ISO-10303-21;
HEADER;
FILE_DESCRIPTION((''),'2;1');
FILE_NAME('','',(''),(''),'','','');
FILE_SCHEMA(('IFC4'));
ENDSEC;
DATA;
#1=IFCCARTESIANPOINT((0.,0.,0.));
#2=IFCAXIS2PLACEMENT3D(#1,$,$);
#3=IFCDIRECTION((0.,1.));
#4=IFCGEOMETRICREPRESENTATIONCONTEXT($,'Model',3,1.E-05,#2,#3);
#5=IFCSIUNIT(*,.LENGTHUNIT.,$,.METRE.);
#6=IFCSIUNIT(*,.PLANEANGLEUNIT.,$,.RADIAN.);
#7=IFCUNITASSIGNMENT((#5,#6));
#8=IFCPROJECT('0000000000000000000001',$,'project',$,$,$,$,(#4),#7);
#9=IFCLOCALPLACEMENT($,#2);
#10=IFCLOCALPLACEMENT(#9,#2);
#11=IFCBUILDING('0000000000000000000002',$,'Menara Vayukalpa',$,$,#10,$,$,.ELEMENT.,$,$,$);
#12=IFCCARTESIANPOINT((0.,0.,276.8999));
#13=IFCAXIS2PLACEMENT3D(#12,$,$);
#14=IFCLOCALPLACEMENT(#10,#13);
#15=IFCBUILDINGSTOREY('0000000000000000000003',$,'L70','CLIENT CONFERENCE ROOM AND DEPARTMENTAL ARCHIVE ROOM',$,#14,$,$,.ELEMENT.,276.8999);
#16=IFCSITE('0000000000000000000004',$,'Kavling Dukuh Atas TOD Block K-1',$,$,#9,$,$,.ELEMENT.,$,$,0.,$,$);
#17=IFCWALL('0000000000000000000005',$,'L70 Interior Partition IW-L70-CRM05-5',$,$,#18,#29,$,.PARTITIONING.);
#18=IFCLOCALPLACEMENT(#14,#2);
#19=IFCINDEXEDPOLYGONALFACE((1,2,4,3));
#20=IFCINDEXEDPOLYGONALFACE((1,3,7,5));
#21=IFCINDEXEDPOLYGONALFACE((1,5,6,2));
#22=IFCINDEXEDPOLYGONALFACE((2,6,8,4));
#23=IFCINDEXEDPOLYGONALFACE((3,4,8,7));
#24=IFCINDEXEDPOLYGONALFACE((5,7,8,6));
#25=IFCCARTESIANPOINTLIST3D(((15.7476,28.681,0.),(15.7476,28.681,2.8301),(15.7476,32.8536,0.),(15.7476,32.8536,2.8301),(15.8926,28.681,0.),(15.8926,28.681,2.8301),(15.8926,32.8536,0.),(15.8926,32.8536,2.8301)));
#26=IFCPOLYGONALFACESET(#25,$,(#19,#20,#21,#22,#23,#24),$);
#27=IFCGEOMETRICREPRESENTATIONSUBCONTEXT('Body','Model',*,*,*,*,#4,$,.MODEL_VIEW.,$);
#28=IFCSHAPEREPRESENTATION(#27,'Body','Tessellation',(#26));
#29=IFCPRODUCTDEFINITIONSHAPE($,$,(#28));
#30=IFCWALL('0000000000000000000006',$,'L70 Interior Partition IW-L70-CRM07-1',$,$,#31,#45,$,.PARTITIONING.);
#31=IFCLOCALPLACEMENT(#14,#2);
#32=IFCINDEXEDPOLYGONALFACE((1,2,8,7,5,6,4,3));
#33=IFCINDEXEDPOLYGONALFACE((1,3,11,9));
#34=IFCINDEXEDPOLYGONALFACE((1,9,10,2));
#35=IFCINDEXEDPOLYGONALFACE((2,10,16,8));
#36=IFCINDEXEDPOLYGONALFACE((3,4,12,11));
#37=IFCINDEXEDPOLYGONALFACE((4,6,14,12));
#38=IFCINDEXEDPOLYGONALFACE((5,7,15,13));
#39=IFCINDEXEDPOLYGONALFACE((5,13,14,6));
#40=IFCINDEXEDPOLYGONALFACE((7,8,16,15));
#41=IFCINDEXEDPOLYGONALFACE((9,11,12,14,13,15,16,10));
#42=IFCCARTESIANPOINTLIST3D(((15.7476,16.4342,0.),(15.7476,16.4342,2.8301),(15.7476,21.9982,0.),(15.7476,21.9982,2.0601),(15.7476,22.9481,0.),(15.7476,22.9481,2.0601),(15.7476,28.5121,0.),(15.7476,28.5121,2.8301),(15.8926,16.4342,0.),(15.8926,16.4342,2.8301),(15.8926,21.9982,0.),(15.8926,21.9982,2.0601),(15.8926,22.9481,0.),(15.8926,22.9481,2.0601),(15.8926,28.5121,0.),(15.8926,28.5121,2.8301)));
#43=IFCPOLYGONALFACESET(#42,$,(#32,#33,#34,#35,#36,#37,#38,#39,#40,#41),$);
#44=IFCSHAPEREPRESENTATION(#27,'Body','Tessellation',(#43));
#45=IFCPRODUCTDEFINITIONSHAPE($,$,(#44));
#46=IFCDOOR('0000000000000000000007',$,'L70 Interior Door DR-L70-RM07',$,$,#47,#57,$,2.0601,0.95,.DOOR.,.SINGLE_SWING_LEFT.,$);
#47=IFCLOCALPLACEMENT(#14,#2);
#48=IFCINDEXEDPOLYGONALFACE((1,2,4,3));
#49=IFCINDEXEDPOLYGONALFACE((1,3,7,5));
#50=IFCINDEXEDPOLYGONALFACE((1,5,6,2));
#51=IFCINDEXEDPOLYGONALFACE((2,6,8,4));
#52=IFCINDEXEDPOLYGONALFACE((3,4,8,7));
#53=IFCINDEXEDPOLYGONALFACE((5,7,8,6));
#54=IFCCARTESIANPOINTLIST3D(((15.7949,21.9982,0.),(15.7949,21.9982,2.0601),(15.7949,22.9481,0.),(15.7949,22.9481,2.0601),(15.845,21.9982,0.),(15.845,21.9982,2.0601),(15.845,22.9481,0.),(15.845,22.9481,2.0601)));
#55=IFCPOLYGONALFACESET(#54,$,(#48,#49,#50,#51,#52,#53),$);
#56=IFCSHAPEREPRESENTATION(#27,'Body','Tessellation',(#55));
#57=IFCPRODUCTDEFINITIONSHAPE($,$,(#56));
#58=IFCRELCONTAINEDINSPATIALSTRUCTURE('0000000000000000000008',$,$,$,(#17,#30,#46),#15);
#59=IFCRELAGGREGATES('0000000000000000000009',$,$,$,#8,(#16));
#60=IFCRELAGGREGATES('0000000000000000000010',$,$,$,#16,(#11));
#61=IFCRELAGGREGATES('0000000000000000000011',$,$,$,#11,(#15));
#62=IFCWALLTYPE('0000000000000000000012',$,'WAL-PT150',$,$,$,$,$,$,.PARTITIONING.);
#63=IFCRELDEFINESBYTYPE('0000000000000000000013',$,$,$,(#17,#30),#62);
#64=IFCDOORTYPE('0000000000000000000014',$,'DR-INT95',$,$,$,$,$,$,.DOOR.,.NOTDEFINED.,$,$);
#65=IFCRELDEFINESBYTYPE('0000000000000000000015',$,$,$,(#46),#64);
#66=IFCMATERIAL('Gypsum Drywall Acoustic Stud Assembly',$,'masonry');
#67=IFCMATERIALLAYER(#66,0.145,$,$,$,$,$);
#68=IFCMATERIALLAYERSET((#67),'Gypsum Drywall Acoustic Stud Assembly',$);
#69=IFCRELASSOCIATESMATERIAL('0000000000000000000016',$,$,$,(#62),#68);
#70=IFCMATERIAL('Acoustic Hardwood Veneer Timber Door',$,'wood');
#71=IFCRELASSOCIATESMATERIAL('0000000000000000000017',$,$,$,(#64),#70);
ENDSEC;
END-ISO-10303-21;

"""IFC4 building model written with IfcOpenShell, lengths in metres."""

from ifc_helpers import new_model, si_unit, direction, frame, frame_2d, origin, place, context, subcontext, project, spatial, rectangle, extrude, material, layer, layer_set, type_object, element, fill, save


model = new_model("IFC4")

# Units and contexts
model_context = context("Model", 3, precision=1e-05, world=origin(), true_north=direction((0.0, 1.0)))
body_context = subcontext(model_context, "Body", "Model", "MODEL_VIEW")
ifc_project = project(units=[si_unit("LENGTHUNIT", "METRE"), si_unit("PLANEANGLEUNIT", "RADIAN")], contexts=[model_context])

# Site, building, storey
site_placement = place(None, origin())
site = spatial("IfcSite", under=ifc_project, at=site_placement, Name="Kavling Dukuh Atas TOD Block K-1", CompositionType="ELEMENT", RefElevation=0.0)
building_placement = place(site_placement, origin())
building = spatial("IfcBuilding", under=site, at=building_placement, Name="Menara Vayukalpa", CompositionType="ELEMENT")
storey_placement = place(building_placement, frame((0.0, 0.0, 276.8999)))
storey = spatial("IfcBuildingStorey", under=building, at=storey_placement, Name="L70", Description="CLIENT CONFERENCE ROOM AND DEPARTMENTAL ARCHIVE ROOM", CompositionType="ELEMENT", Elevation=276.8999)

# Shared definitions
ifc_material_1 = material(Name="Gypsum Drywall Acoustic Stud Assembly", Category="masonry")
ifc_layer_1 = layer(ifc_material_1, 0.145)
ifc_layer_set_1 = layer_set([ifc_layer_1], Name="Gypsum Drywall Acoustic Stud Assembly")
wall_type_1 = type_object("IfcWallType", Name="WAL-PT150", PredefinedType="PARTITIONING", material=ifc_layer_set_1)
ifc_material_2 = material(Name="Acoustic Hardwood Veneer Timber Door", Category="wood")
door_type_1 = type_object("IfcDoorType", Name="DR-INT95", OperationType="NOTDEFINED", PredefinedType="DOOR", material=ifc_material_2)

# Wall
wall_1_placement = place(storey_placement, frame((15.8201, 32.8538, 0.0), z_axis=(0.0, 0.0, 1.0), x_axis=(0.0, -1.0, 0.0)))
element("IfcWall", 1, at=wall_1_placement, inside=storey, type_object=wall_type_1, Name="L70 Interior Partition IW-L70-CRM05-5", PredefinedType="PARTITIONING", context=body_context, shape_type="SweptSolid", body=[
    extrude(rectangle(XDim=4.1726, YDim=0.145, at=frame_2d((2.0864, 0.0))), origin(), (0.0, 0.0, 1.0), 2.8301),
])

# Wall, opening, door
wall_2_placement = place(storey_placement, frame((15.8201, 28.5122, 0.0), z_axis=(0.0, 0.0, 1.0), x_axis=(0.0, -1.0, 0.0)))
wall_2 = element("IfcWall", 2, at=wall_2_placement, inside=storey, type_object=wall_type_1, Name="L70 Interior Partition IW-L70-CRM07-1", PredefinedType="PARTITIONING", context=body_context, shape_type="SweptSolid", body=[
    extrude(rectangle(XDim=12.0779, YDim=0.145, at=frame_2d((6.0391, 0.0))), origin(), (0.0, 0.0, 1.0), 2.8301),
])
opening_1_placement = place(wall_2_placement, frame((5.564, 0.0, 0.0)))
opening_1 = element("IfcOpeningElement", 3, at=opening_1_placement, cuts=wall_2, PredefinedType="OPENING", context=body_context, shape_type="SweptSolid", body=[
    extrude(rectangle(XDim=0.95, YDim=2.0601, at=frame_2d((0.4751, 1.03))), frame((0.0, 0.0825, 0.0), z_axis=(0.0, -1.0, 0.0), x_axis=(1.0, 0.0, 0.0)), (0.0, 0.0, 1.0), 0.165),
])
door_1_placement = place(opening_1_placement, origin())
door_1 = element("IfcDoor", 4, at=door_1_placement, inside=storey, type_object=door_type_1, Name="L70 Interior Door DR-L70-RM07", OperationType="SINGLE_SWING_LEFT", OverallHeight=2.0601, OverallWidth=0.95, PredefinedType="DOOR", context=body_context, shape_type="SweptSolid", body=[
    extrude(rectangle(XDim=0.95, YDim=2.0601, at=frame_2d((0.4751, 1.03))), frame((0.0, 0.0249, 0.0), z_axis=(0.0, -1.0, 0.0), x_axis=(1.0, 0.0, 0.0)), (0.0, 0.0, 1.0), 0.05),
])
fill(opening_1, door_1)

save(model, "model.ifc")
